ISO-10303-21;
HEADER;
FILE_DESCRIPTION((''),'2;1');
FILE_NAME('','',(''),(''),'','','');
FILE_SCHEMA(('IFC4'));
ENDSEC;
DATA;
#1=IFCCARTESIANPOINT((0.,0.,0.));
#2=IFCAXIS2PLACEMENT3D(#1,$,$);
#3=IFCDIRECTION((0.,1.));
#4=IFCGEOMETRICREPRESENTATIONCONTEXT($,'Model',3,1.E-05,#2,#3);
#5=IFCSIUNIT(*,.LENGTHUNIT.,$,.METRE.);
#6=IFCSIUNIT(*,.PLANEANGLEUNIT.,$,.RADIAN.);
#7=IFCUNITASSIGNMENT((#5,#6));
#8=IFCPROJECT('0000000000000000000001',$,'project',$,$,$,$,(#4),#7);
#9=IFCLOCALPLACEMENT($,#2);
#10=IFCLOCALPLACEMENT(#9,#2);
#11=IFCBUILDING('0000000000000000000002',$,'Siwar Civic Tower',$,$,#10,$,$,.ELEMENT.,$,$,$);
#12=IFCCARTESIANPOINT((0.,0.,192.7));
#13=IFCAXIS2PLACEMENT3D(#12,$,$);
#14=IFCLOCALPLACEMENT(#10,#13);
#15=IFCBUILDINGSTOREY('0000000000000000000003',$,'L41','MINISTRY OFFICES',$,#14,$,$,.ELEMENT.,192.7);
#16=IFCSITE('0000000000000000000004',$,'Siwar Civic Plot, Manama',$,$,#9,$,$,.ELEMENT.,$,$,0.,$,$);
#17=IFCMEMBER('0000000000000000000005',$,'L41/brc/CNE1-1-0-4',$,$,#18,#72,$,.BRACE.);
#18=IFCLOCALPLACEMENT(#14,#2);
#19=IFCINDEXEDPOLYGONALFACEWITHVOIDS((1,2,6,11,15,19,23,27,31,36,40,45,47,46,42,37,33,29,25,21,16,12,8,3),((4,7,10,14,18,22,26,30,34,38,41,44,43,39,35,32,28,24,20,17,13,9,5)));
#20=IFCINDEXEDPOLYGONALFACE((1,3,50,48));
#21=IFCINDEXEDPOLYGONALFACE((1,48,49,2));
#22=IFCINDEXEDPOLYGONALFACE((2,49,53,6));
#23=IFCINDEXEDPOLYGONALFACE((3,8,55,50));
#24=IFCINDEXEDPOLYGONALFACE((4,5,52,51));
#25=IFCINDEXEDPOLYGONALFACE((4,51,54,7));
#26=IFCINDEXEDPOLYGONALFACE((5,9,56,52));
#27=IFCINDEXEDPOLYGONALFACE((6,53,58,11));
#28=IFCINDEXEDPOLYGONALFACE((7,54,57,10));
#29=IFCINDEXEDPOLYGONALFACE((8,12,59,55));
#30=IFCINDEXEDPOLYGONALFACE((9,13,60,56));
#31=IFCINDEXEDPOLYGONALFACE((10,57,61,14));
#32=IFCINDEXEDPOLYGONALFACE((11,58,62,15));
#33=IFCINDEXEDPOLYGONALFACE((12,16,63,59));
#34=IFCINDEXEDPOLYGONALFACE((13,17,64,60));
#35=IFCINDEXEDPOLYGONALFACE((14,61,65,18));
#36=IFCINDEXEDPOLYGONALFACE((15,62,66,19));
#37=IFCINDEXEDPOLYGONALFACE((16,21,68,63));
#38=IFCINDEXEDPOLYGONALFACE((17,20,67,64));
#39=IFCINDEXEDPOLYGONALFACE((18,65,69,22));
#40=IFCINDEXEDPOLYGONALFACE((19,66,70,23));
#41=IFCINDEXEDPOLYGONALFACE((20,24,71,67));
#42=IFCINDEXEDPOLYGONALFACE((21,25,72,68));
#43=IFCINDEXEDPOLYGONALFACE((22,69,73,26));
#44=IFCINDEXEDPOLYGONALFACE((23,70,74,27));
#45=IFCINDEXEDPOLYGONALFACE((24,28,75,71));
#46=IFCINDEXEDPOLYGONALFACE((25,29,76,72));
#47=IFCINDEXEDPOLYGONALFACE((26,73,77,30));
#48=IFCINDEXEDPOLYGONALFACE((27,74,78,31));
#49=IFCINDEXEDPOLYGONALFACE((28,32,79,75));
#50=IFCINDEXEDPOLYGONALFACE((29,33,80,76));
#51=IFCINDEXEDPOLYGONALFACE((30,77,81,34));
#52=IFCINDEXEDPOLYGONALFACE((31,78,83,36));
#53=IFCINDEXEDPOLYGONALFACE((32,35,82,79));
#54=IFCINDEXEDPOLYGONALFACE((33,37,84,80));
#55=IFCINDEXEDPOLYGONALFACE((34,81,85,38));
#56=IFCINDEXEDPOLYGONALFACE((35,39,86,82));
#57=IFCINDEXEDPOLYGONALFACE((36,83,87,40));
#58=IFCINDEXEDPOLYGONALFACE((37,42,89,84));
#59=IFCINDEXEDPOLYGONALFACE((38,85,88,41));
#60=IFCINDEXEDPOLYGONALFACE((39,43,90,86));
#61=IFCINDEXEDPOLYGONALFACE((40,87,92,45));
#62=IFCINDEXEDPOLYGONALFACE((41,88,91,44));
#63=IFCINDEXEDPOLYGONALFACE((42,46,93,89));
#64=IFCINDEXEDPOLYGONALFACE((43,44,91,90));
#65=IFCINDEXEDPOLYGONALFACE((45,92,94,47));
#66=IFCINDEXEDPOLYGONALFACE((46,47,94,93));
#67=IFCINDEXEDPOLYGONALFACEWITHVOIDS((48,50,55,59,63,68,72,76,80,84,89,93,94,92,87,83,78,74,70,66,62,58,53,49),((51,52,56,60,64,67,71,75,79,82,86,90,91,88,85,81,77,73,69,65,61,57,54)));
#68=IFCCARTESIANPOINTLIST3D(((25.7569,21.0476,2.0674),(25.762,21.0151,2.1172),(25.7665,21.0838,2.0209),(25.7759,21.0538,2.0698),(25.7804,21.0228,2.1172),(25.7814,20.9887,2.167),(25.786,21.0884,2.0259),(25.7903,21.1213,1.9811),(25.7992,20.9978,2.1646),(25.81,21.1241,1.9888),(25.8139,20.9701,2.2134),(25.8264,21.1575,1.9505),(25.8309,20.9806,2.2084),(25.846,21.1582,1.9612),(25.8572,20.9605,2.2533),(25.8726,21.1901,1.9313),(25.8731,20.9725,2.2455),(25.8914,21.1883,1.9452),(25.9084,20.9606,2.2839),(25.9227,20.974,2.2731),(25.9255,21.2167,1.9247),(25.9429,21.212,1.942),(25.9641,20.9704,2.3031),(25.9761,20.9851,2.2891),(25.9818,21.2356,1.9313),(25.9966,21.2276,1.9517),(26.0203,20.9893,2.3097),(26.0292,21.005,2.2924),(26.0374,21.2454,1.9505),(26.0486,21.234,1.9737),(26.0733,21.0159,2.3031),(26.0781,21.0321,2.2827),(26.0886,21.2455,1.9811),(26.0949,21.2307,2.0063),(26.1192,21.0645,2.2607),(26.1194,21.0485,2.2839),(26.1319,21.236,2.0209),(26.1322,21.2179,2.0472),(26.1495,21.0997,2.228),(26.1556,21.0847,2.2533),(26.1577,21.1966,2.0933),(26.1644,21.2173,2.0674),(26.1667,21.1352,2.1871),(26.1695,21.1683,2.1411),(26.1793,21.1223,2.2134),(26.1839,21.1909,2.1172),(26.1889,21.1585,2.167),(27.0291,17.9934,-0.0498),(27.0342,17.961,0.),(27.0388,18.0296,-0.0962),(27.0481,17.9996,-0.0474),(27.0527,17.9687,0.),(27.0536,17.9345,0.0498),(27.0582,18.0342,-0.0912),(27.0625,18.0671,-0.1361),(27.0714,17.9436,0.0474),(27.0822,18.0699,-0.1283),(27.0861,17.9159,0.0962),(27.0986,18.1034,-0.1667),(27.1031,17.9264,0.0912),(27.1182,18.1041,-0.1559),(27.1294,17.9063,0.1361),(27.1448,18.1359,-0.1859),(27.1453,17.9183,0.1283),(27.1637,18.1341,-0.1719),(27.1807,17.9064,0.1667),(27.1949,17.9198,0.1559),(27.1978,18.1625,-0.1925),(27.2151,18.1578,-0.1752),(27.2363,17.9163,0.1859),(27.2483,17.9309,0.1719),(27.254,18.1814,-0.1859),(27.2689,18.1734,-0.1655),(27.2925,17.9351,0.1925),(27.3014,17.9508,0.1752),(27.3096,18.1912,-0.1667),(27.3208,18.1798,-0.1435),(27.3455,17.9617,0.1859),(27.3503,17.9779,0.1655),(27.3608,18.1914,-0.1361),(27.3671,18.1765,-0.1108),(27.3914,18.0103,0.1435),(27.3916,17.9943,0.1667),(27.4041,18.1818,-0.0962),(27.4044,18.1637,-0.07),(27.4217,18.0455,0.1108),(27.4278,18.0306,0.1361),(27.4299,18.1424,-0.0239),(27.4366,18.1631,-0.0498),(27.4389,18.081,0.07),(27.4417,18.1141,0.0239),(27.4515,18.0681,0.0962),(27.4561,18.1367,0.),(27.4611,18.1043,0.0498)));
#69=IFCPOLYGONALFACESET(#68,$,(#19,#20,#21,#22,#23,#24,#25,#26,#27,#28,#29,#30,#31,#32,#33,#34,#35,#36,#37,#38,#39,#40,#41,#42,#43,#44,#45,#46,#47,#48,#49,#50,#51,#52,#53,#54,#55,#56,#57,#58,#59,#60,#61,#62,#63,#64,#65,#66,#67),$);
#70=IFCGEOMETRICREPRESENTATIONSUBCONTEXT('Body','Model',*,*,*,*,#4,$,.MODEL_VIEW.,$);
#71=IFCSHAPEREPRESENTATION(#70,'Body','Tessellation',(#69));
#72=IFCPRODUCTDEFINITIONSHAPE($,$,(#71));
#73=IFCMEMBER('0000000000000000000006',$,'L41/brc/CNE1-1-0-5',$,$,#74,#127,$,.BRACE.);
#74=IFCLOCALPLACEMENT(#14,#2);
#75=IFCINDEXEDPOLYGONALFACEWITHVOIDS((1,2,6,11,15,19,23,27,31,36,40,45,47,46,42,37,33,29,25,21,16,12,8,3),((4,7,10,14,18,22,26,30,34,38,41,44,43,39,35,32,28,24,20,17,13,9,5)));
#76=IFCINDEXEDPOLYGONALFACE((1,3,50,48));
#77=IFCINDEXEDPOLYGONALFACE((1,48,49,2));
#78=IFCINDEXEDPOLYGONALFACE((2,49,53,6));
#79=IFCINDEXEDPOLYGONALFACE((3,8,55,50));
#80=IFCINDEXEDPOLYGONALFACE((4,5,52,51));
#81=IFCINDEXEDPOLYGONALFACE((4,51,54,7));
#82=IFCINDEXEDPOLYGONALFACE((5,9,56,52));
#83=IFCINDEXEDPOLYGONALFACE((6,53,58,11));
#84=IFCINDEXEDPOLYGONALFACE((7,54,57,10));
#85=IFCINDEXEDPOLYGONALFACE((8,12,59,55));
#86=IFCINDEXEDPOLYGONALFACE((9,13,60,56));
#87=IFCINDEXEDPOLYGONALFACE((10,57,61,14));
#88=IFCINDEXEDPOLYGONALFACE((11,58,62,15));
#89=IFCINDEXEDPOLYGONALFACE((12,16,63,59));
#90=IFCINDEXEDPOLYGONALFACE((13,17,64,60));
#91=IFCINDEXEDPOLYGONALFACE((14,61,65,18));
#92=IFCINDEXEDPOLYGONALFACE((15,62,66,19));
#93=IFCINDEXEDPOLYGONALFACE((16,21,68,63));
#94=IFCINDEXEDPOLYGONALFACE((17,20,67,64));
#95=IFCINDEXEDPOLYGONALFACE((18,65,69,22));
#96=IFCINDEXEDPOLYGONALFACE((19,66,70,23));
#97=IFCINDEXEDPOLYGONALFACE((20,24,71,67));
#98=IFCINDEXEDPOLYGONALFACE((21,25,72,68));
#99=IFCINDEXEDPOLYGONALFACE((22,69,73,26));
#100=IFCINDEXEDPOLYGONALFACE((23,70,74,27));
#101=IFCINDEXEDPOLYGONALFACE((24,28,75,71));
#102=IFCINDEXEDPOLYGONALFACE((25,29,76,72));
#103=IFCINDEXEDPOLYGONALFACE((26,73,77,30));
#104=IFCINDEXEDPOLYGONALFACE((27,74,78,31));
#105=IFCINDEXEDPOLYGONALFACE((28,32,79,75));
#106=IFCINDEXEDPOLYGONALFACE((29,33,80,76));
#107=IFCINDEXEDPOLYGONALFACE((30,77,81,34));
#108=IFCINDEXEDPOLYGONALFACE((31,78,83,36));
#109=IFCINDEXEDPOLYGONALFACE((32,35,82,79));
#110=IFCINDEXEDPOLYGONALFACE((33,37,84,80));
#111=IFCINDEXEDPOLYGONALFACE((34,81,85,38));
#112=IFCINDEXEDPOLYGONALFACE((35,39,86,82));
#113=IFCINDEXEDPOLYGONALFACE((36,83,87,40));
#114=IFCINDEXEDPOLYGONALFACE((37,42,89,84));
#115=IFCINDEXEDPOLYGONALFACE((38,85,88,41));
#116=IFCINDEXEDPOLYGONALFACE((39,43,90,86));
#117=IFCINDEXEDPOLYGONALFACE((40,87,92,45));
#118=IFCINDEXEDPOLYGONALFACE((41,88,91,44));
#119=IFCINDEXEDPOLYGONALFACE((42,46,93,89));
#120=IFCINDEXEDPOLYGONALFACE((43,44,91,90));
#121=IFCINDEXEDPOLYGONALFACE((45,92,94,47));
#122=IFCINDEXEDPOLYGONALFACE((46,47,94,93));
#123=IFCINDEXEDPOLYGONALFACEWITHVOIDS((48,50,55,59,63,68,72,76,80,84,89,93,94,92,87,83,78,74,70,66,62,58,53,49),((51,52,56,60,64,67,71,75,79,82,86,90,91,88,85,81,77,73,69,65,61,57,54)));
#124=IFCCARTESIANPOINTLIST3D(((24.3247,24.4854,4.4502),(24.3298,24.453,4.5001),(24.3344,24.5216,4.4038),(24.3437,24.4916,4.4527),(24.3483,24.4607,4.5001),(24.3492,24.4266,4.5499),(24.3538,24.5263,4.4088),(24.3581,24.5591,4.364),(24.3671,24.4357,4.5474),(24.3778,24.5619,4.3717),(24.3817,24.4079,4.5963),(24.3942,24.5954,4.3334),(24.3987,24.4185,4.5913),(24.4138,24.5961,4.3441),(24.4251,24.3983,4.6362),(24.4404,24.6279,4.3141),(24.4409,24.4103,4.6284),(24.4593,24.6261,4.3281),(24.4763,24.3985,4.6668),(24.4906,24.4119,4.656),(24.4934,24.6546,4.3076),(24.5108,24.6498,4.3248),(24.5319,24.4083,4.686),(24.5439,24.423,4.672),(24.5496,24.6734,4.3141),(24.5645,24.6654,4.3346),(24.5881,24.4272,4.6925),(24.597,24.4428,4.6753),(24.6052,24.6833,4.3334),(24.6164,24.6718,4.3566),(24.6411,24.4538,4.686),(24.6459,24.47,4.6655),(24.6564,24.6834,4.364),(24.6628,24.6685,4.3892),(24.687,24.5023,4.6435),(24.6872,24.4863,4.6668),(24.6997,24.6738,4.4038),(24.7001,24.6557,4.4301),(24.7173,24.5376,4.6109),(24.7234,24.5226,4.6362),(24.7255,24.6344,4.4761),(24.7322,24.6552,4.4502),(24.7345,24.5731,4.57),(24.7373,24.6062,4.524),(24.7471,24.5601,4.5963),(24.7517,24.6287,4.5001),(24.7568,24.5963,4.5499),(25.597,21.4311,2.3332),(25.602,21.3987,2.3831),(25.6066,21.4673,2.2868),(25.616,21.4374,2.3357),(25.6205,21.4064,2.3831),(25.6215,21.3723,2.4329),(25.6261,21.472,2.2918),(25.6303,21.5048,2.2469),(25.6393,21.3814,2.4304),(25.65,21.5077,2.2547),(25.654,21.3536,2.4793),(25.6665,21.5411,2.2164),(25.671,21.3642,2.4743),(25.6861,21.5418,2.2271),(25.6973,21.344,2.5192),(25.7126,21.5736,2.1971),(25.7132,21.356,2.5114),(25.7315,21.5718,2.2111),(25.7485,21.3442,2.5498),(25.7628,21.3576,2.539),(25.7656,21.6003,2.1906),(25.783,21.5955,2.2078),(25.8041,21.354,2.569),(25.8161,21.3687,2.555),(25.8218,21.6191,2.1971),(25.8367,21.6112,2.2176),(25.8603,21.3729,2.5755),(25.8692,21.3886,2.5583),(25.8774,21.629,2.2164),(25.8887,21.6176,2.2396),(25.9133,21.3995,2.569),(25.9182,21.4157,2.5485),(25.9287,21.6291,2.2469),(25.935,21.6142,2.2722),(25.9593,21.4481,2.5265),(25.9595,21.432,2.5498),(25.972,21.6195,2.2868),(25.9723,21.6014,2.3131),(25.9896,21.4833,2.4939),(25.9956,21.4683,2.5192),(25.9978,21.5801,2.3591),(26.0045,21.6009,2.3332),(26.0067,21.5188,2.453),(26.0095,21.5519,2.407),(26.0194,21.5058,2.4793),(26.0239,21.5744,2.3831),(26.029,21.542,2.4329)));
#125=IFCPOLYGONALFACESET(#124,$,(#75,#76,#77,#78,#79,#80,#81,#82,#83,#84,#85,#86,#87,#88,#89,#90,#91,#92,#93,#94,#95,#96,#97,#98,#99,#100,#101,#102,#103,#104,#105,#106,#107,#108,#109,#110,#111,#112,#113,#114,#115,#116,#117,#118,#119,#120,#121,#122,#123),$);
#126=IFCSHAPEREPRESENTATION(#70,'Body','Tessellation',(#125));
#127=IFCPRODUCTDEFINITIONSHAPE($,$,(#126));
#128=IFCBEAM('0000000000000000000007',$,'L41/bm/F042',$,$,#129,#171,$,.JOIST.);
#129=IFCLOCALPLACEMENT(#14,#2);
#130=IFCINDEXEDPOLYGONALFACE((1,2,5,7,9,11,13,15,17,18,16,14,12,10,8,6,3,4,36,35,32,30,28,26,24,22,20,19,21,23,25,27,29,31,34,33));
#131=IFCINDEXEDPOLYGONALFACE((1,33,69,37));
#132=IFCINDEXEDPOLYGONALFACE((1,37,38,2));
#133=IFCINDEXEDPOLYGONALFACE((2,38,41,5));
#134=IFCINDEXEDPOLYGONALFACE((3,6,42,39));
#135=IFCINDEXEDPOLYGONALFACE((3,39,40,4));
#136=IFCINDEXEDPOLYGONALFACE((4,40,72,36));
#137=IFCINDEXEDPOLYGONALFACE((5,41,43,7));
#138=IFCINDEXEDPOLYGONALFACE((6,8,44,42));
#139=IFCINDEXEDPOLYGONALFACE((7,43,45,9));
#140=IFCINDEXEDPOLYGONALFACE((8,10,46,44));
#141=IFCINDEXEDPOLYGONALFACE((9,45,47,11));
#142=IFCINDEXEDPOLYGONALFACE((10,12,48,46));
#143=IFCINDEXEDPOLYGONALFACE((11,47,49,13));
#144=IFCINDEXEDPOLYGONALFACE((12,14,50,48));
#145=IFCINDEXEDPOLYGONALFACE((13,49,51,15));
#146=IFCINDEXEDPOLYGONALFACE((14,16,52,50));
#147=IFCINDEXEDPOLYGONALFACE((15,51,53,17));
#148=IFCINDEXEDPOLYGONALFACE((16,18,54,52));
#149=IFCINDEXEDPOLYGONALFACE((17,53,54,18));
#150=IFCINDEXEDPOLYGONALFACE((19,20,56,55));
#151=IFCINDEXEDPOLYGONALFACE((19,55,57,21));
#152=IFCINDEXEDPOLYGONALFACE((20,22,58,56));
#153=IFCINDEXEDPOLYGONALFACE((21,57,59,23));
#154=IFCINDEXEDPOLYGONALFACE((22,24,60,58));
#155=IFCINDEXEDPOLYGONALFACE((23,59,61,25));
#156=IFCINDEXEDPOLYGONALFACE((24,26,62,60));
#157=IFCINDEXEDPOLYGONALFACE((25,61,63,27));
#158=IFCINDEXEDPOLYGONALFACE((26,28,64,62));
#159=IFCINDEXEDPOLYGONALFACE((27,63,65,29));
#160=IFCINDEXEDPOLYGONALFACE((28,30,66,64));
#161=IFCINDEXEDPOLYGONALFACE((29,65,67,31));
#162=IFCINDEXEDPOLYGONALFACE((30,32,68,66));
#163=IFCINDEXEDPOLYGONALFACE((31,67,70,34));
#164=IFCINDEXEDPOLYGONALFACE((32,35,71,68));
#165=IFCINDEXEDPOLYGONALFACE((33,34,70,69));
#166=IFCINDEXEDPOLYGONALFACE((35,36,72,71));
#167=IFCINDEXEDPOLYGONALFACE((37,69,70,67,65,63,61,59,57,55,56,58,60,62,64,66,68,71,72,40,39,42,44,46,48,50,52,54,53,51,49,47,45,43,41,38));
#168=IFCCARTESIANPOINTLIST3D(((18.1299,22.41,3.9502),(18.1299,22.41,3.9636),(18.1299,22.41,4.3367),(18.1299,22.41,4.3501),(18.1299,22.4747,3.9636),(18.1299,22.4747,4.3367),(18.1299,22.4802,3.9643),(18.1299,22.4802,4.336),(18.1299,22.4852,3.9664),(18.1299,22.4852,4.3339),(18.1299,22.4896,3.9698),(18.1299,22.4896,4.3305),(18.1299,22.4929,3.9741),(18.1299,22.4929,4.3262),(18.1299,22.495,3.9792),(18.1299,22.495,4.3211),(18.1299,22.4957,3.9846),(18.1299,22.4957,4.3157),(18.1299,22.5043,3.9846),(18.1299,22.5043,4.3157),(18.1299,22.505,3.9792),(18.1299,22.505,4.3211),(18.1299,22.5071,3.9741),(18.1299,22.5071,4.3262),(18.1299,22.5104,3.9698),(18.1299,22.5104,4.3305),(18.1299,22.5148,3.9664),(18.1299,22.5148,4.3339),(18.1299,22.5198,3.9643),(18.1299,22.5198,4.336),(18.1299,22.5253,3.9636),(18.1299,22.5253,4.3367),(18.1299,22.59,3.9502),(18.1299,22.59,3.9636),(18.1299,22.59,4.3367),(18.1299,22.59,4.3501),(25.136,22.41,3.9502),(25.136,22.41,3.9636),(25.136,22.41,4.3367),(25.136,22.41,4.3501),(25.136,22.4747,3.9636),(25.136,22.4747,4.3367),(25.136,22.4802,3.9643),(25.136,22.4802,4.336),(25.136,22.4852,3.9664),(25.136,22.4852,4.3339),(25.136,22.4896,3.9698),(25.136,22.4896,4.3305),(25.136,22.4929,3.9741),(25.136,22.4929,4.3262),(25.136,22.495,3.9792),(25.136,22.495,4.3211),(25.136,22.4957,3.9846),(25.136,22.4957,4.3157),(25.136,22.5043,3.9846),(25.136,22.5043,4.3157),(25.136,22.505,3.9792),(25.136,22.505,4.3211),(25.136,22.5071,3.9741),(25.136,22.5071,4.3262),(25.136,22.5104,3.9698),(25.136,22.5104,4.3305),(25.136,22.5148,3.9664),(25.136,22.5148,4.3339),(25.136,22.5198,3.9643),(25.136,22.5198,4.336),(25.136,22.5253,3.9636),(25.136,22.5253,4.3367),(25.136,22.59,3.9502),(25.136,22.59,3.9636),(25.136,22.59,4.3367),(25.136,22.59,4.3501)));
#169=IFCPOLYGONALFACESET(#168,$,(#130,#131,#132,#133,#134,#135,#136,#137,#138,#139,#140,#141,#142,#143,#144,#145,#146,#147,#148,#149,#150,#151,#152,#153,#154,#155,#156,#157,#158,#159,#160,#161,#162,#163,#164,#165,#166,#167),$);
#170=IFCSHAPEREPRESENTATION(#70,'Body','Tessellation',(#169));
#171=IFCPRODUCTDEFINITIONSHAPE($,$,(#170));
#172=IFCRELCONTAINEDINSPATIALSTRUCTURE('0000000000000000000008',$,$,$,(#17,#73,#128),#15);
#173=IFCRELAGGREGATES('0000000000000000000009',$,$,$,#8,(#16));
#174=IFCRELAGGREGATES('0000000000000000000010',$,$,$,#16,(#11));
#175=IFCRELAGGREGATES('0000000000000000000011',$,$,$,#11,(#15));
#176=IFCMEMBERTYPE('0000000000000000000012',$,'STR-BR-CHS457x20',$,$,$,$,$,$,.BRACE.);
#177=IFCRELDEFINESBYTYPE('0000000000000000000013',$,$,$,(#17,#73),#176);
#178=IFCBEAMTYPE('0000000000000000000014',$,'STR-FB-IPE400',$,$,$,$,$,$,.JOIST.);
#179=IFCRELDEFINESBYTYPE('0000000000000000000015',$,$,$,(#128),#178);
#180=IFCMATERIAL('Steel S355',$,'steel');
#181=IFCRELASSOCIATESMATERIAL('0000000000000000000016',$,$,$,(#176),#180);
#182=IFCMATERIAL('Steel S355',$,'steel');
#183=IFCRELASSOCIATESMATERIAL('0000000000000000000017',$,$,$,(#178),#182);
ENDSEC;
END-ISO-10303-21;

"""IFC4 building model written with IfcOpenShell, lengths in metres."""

from ifc_helpers import new_model, si_unit, direction, frame, origin, origin_2d, place, context, subcontext, project, spatial, hollow_circle, i_section, extrude, material, material_profile, profile_set, type_object, element, save


model = new_model("IFC4")

# Units and contexts
model_context = context("Model", 3, precision=1e-05, world=origin(), true_north=direction((0.0, 1.0)))
body_context = subcontext(model_context, "Body", "Model", "MODEL_VIEW")
ifc_project = project(units=[si_unit("LENGTHUNIT", "METRE"), si_unit("PLANEANGLEUNIT", "RADIAN")], contexts=[model_context])

# Site, building, storey
site_placement = place(None, origin())
site = spatial("IfcSite", under=ifc_project, at=site_placement, Name="Siwar Civic Plot, Manama", CompositionType="ELEMENT", RefElevation=0.0)
building_placement = place(site_placement, origin())
building = spatial("IfcBuilding", under=site, at=building_placement, Name="Siwar Civic Tower", CompositionType="ELEMENT")
storey_placement = place(building_placement, frame((0.0, 0.0, 192.7)))
storey = spatial("IfcBuildingStorey", under=building, at=storey_placement, Name="L41", Description="MINISTRY OFFICES", CompositionType="ELEMENT", Elevation=192.7)

# Members
ifc_material_1 = material(Name="Steel S355", Category="steel")
ifc_material_profile_1 = material_profile(ifc_material_1, hollow_circle(Radius=0.2285, WallThickness=0.02, at=origin_2d()), Name="CHS457x20")
ifc_profile_set_1 = profile_set([ifc_material_profile_1], Name="Steel S355")
member_type_1 = type_object("IfcMemberType", Name="STR-BR-CHS457x20", PredefinedType="BRACE", material=ifc_profile_set_1)
for number, where, z_axis, x_axis, name in (
    (1, (27.2451, 18.0488, 0.0), (-0.323884, 0.777546, 0.538999), (-0.923116, -0.384521, 0.0), "L41/brc/CNE1-1-0-4"),
    (2, (25.813, 21.4866, 2.3831), (-0.323895, 0.777572, 0.538955), (-0.923116, -0.384521, 0.0), "L41/brc/CNE1-1-0-5"),
):
    element("IfcMember", number, at=place(storey_placement, frame(where, z_axis=z_axis, x_axis=x_axis)), inside=storey, type_object=member_type_1, Name=name, PredefinedType="BRACE", context=body_context, shape_type="SweptSolid", body=[
        extrude(hollow_circle(Radius=0.2285, WallThickness=0.02, at=origin_2d()), origin(), (0.0, 0.0, 1.0), 3.928),
    ])

# Beam
ifc_material_2 = material(Name="Steel S355", Category="steel")
ifc_material_profile_2 = material_profile(ifc_material_2, i_section(OverallWidth=0.1799, OverallDepth=0.3999, WebThickness=0.0085, FlangeThickness=0.0134, FilletRadius=0.021, at=origin_2d()), Name="IPE400")
ifc_profile_set_2 = profile_set([ifc_material_profile_2], Name="Steel S355")
beam_type_1 = type_object("IfcBeamType", Name="STR-FB-IPE400", PredefinedType="JOIST", material=ifc_profile_set_2)
beam_1_placement = place(storey_placement, frame((18.1299, 22.5, 4.1501), z_axis=(1.0, 0.0, 0.0), x_axis=(0.0, 1.0, 0.0)))
element("IfcBeam", 3, at=beam_1_placement, inside=storey, type_object=beam_type_1, Name="L41/bm/F042", PredefinedType="JOIST", context=body_context, shape_type="SweptSolid", body=[
    extrude(i_section(OverallWidth=0.1799, OverallDepth=0.3999, WebThickness=0.0085, FlangeThickness=0.0134, FilletRadius=0.021, at=origin_2d()), origin(), (0.0, 0.0, 1.0), 7.0061),
])

save(model, "model.ifc")
